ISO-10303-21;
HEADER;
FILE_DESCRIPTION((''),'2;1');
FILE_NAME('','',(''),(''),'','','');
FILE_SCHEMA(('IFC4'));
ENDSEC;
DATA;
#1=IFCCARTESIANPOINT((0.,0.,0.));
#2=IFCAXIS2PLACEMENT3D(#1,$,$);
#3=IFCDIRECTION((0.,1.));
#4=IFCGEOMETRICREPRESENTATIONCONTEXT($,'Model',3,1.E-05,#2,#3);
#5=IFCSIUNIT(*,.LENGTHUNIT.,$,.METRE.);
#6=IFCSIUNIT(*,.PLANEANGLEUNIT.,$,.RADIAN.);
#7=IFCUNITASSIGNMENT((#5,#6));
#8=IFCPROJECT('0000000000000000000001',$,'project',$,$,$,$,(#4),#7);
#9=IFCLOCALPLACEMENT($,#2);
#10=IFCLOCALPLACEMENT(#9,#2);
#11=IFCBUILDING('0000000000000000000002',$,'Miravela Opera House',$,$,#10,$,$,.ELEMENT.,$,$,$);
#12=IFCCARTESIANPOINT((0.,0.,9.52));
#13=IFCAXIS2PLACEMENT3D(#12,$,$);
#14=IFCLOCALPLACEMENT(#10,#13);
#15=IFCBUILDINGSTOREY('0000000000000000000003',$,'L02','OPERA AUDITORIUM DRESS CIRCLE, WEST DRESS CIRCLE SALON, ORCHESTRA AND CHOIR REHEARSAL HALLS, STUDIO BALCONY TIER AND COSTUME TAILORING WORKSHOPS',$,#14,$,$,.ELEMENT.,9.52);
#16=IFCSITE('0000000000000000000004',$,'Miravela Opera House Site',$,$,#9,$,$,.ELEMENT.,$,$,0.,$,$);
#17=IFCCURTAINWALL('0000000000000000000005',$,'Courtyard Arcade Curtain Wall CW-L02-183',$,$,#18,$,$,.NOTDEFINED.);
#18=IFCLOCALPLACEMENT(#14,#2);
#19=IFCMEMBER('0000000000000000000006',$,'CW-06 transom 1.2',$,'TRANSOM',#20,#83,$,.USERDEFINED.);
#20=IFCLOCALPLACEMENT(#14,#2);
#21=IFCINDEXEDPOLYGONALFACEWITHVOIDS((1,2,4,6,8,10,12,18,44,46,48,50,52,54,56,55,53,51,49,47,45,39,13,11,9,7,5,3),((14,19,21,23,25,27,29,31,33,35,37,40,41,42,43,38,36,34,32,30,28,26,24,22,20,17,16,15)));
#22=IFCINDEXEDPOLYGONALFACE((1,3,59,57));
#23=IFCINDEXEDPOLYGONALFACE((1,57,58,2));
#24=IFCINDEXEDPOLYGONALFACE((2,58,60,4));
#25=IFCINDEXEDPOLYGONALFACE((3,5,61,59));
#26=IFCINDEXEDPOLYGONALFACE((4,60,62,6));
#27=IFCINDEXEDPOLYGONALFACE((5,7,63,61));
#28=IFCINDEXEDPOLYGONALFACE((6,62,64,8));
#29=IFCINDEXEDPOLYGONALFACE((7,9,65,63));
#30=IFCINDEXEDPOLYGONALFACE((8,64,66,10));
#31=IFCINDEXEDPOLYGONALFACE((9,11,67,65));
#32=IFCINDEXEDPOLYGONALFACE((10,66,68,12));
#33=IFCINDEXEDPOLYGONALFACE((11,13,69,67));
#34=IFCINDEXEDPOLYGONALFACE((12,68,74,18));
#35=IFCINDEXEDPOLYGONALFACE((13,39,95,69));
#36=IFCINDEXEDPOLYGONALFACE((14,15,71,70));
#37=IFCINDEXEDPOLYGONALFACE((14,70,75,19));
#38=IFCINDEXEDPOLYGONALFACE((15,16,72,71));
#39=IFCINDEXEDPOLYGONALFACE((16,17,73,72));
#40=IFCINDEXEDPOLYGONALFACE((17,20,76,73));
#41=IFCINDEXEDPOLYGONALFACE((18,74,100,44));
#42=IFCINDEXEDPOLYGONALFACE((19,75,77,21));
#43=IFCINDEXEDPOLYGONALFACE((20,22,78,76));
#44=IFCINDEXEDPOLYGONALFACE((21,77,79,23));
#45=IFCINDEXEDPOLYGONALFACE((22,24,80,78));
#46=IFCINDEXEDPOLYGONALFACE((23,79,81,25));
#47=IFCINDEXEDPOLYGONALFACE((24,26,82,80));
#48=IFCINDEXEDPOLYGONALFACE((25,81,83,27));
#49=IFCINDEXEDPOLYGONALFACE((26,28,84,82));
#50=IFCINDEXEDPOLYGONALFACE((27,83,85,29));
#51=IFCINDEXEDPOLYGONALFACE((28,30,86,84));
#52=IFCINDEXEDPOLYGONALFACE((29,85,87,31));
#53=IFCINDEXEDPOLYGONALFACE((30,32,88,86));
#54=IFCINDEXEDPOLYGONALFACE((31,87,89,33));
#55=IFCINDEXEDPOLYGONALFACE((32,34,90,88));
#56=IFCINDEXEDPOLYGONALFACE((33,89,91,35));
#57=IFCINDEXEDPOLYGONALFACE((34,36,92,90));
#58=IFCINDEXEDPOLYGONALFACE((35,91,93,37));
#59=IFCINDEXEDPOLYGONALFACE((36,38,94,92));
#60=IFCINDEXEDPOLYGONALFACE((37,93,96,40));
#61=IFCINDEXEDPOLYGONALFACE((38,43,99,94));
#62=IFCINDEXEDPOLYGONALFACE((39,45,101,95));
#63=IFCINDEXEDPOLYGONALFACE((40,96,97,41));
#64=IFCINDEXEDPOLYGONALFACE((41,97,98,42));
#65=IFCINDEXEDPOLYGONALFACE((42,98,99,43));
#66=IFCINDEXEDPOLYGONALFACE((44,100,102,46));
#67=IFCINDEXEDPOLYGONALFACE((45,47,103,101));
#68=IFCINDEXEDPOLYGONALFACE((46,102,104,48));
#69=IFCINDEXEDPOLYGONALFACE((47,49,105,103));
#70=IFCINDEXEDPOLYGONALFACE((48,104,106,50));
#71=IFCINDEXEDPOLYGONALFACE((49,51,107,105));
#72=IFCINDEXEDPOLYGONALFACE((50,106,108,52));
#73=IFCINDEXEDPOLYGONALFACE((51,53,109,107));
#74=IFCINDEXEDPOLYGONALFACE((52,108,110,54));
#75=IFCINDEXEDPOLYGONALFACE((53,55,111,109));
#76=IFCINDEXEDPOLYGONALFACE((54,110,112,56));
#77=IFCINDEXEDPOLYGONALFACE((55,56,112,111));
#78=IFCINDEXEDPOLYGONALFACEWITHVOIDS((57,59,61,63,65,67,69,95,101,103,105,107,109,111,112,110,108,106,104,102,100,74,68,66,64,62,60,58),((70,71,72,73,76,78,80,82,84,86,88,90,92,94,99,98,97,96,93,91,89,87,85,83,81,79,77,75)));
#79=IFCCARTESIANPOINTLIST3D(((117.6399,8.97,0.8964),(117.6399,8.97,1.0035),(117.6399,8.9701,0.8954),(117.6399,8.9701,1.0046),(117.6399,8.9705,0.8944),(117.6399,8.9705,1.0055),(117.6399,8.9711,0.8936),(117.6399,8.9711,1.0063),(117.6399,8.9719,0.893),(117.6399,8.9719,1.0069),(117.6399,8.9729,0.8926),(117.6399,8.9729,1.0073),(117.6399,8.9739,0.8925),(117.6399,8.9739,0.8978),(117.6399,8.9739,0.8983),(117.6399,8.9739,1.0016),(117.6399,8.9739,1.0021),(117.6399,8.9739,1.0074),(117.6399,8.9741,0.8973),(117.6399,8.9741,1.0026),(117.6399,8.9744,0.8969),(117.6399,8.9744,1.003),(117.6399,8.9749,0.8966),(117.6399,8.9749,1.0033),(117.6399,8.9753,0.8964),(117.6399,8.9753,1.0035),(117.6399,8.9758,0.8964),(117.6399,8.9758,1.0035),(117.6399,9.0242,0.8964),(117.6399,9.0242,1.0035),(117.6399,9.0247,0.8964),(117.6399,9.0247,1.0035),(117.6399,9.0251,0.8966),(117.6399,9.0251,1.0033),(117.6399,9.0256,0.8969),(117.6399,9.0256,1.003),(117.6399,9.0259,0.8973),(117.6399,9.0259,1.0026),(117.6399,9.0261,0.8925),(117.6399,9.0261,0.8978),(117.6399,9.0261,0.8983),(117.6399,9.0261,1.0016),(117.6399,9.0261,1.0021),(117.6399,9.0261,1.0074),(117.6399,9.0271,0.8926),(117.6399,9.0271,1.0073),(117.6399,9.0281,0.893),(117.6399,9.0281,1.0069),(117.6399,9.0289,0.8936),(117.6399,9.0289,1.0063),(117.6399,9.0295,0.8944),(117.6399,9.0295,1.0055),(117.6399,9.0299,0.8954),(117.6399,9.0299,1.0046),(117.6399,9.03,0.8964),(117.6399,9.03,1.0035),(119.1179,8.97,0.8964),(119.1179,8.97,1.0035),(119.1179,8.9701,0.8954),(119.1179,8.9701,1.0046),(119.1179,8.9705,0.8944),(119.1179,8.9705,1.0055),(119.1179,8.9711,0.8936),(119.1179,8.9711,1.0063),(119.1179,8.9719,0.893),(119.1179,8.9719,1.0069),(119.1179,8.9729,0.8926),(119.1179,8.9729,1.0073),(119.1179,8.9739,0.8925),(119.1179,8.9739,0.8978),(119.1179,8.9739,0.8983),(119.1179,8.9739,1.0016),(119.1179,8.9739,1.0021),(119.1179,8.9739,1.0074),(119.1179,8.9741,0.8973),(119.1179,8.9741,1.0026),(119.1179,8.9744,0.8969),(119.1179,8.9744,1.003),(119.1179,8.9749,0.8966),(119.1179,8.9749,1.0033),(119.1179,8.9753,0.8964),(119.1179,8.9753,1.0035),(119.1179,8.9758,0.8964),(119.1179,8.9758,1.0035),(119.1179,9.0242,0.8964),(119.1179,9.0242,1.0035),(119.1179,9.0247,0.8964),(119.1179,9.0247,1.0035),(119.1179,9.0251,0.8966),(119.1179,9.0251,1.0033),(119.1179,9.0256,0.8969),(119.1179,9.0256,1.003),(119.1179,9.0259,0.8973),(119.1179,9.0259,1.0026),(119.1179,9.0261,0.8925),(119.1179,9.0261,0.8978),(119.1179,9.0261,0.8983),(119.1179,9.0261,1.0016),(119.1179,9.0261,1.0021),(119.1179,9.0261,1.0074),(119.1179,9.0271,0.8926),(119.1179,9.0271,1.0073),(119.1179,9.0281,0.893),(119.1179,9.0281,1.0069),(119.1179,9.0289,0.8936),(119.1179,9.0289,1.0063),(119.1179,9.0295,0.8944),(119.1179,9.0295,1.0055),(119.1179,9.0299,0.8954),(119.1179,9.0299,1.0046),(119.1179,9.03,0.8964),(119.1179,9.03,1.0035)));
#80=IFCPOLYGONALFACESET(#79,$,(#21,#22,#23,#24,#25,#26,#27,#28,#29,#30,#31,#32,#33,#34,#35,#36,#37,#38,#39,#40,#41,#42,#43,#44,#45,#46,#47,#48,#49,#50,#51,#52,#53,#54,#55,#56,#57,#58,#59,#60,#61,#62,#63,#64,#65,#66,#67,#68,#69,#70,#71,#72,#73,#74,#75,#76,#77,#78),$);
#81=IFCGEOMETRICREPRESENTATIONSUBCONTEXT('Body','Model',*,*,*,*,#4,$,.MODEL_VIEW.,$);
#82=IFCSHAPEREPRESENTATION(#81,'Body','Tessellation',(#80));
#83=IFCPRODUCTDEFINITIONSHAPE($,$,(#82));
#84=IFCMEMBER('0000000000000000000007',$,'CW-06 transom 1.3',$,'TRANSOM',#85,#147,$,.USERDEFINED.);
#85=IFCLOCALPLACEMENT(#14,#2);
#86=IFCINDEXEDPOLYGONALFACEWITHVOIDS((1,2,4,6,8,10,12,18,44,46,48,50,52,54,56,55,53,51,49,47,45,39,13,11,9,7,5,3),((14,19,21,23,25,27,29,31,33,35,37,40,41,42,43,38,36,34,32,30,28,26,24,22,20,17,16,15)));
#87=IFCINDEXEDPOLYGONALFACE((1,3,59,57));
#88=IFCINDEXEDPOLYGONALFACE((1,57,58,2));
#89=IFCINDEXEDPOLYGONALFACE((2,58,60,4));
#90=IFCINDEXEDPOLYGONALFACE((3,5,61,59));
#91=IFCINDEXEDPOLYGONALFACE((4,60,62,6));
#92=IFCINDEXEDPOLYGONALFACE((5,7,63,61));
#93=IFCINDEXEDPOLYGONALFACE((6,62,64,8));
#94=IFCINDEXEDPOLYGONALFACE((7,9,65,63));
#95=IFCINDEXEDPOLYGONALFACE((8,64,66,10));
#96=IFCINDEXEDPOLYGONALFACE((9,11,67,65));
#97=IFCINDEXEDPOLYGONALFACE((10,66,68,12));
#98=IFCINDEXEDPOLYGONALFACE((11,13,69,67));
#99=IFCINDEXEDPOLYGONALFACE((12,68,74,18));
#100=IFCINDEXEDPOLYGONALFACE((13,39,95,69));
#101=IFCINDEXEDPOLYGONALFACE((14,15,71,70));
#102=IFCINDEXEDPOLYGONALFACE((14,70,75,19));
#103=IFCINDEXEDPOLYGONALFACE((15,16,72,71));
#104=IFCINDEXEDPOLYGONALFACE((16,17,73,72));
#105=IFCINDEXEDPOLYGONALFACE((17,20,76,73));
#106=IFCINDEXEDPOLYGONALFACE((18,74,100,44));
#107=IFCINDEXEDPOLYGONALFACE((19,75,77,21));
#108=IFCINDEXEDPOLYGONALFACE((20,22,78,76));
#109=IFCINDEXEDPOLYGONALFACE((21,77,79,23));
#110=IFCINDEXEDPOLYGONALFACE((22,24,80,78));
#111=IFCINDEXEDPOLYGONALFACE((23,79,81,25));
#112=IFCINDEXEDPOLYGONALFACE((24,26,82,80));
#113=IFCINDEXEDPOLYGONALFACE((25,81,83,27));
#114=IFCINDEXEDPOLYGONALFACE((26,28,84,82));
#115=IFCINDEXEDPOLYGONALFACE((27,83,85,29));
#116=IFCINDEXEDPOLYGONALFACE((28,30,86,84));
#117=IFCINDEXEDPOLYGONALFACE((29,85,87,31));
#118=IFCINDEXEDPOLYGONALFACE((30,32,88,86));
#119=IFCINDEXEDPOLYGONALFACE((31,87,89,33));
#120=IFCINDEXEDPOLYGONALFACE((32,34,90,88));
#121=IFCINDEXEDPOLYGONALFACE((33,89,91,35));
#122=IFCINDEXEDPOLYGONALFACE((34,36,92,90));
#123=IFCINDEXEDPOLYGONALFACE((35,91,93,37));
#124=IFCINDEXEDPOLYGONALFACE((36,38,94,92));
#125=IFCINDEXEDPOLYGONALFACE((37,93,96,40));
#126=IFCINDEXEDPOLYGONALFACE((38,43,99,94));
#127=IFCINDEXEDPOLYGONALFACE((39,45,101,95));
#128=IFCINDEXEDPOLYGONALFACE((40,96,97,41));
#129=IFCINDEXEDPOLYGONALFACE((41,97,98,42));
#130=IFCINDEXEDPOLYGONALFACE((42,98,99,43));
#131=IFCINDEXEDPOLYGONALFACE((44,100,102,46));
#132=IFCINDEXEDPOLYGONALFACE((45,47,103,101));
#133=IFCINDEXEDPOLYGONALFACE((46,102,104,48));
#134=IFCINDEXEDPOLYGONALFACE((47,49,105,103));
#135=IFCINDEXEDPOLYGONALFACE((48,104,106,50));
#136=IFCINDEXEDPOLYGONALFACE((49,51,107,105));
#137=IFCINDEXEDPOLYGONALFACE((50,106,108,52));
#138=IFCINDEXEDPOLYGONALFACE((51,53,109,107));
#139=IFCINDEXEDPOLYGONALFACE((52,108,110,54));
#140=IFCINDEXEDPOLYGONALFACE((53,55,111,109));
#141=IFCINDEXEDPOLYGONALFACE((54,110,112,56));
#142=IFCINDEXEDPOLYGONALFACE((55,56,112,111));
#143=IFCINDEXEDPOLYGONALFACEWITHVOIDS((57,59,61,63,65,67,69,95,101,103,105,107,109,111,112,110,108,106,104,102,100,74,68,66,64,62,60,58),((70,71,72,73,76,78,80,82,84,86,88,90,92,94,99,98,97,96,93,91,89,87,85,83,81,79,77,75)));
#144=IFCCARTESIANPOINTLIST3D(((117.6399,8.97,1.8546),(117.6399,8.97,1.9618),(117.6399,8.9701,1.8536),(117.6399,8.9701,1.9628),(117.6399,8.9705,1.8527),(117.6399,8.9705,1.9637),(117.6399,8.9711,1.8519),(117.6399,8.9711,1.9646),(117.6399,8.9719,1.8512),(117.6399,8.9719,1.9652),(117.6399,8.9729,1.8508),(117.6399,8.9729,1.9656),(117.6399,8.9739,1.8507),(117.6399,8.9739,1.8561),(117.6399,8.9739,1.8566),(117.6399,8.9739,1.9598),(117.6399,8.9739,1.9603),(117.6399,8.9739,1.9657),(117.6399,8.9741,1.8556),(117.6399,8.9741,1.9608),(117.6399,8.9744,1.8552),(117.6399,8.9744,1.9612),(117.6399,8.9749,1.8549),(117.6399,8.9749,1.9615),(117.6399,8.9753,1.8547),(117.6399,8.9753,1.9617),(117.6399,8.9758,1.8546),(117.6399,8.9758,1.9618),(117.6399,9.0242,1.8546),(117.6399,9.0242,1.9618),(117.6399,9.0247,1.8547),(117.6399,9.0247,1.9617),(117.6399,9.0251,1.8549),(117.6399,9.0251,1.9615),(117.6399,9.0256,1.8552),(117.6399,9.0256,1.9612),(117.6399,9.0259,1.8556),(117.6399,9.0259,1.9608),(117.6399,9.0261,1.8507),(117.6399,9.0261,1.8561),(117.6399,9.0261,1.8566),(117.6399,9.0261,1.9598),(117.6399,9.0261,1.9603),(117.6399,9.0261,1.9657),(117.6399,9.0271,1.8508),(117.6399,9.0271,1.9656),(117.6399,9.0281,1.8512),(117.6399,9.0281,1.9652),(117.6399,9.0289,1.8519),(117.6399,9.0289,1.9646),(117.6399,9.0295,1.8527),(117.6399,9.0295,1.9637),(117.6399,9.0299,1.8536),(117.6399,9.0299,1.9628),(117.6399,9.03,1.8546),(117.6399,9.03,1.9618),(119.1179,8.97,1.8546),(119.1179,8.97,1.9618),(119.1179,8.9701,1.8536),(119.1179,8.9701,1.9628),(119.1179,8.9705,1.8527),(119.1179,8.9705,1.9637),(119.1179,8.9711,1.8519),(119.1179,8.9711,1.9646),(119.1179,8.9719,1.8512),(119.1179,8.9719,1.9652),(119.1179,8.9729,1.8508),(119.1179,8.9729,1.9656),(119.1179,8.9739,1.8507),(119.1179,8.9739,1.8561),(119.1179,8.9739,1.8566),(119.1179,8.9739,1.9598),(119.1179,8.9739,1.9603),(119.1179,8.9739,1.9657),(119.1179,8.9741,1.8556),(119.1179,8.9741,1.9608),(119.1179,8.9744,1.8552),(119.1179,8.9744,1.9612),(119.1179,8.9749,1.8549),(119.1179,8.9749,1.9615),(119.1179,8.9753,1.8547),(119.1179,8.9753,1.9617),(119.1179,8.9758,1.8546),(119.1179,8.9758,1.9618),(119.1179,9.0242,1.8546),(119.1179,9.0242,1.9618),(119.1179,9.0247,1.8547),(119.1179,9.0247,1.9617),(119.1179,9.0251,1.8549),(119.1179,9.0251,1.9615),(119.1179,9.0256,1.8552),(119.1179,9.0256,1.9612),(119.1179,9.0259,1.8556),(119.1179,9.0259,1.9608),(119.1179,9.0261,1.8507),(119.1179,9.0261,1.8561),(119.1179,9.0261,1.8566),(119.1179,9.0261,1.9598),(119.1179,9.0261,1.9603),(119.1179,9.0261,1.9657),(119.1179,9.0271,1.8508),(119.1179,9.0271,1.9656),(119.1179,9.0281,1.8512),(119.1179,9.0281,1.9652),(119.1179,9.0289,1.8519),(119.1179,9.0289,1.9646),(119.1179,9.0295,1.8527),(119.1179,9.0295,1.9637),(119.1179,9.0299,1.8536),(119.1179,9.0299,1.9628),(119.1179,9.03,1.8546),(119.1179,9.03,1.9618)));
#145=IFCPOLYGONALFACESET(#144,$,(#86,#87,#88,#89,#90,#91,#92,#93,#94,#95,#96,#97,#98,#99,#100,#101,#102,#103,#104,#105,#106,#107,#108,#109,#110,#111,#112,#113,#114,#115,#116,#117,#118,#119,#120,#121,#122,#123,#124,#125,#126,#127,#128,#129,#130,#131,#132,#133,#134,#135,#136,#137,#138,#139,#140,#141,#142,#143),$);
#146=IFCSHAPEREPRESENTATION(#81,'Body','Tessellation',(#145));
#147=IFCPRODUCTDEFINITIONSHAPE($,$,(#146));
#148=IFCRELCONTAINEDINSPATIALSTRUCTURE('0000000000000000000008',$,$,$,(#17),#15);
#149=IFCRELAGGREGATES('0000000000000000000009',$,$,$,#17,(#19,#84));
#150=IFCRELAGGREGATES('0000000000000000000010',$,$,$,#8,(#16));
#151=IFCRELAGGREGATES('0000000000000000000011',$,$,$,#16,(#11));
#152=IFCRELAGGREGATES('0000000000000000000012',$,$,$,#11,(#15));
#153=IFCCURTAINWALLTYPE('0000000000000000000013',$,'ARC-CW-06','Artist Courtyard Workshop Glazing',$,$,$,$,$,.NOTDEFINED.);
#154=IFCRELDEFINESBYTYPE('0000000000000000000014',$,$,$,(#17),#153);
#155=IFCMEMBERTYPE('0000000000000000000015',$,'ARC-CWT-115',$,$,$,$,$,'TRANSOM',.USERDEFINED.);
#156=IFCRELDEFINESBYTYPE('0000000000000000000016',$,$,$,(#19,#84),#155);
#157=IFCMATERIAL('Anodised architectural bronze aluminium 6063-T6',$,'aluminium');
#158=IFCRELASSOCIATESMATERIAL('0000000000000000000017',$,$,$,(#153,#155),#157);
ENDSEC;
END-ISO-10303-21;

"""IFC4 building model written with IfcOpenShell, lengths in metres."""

from ifc_helpers import new_model, si_unit, direction, frame, origin, origin_2d, place, context, subcontext, project, spatial, hollow_rectangle, extrude, material, material_profile, profile_set, type_object, element, aggregate, save


model = new_model("IFC4")

# Units and contexts
model_context = context("Model", 3, precision=1e-05, world=origin(), true_north=direction((0.0, 1.0)))
body_context = subcontext(model_context, "Body", "Model", "MODEL_VIEW")
ifc_project = project(units=[si_unit("LENGTHUNIT", "METRE"), si_unit("PLANEANGLEUNIT", "RADIAN")], contexts=[model_context])

# Site, building, storey
site_placement = place(None, origin())
site = spatial("IfcSite", under=ifc_project, at=site_placement, Name="Miravela Opera House Site", CompositionType="ELEMENT", RefElevation=0.0)
building_placement = place(site_placement, origin())
building = spatial("IfcBuilding", under=site, at=building_placement, Name="Miravela Opera House", CompositionType="ELEMENT")
storey_placement = place(building_placement, frame((0.0, 0.0, 9.52)))
storey = spatial("IfcBuildingStorey", under=building, at=storey_placement, Name="L02", Description="OPERA AUDITORIUM DRESS CIRCLE, WEST DRESS CIRCLE SALON, ORCHESTRA AND CHOIR REHEARSAL HALLS, STUDIO BALCONY TIER AND COSTUME TAILORING WORKSHOPS", CompositionType="ELEMENT", Elevation=9.52)

# Curtain wall, members
ifc_material_1 = material(Name="Anodised architectural bronze aluminium 6063-T6", Category="aluminium")
curtain_wall_type = type_object("IfcCurtainWallType", Name="ARC-CW-06", Description="Artist Courtyard Workshop Glazing", PredefinedType="NOTDEFINED", material=ifc_material_1)
curtain_wall_placement = place(storey_placement, origin())
curtain_wall = element("IfcCurtainWall", 1, at=curtain_wall_placement, inside=storey, type_object=curtain_wall_type, Name="Courtyard Arcade Curtain Wall CW-L02-183", PredefinedType="NOTDEFINED")
ifc_material_profile_1 = material_profile(ifc_material_1, hollow_rectangle(XDim=0.0601, YDim=0.115, WallThickness=0.0039, InnerFilletRadius=0.002, OuterFilletRadius=0.0039, at=origin_2d()), Name="CWT-60X115")
ifc_profile_set_1 = profile_set([ifc_material_profile_1])
member_type_1 = type_object("IfcMemberType", Name="ARC-CWT-115", ElementType="TRANSOM", PredefinedType="USERDEFINED", material=ifc_profile_set_1)
member_1_placement = place(storey_placement, frame((117.6399, 9.0, 0.95), z_axis=(1.0, 0.0, 0.0), x_axis=(0.0, 1.0, 0.0)))
member_1 = element("IfcMember", 2, at=member_1_placement, type_object=member_type_1, Name="CW-06 transom 1.2", ObjectType="TRANSOM", PredefinedType="USERDEFINED", context=body_context, shape_type="SweptSolid", body=[
    extrude(hollow_rectangle(XDim=0.0601, YDim=0.115, WallThickness=0.0039, InnerFilletRadius=0.002, OuterFilletRadius=0.0039, at=origin_2d()), origin(), (0.0, 0.0, 1.0), 1.478),
])
member_2_placement = place(storey_placement, frame((117.6399, 9.0, 1.9082), z_axis=(1.0, 0.0, 0.0), x_axis=(0.0, 1.0, 0.0)))
member_2 = element("IfcMember", 3, at=member_2_placement, type_object=member_type_1, Name="CW-06 transom 1.3", ObjectType="TRANSOM", PredefinedType="USERDEFINED", context=body_context, shape_type="SweptSolid", body=[
    extrude(hollow_rectangle(XDim=0.0601, YDim=0.115, WallThickness=0.0039, InnerFilletRadius=0.002, OuterFilletRadius=0.0039, at=origin_2d()), origin(), (0.0, 0.0, 1.0), 1.478),
])

aggregate(curtain_wall, [member_1, member_2])

save(model, "model.ifc")
